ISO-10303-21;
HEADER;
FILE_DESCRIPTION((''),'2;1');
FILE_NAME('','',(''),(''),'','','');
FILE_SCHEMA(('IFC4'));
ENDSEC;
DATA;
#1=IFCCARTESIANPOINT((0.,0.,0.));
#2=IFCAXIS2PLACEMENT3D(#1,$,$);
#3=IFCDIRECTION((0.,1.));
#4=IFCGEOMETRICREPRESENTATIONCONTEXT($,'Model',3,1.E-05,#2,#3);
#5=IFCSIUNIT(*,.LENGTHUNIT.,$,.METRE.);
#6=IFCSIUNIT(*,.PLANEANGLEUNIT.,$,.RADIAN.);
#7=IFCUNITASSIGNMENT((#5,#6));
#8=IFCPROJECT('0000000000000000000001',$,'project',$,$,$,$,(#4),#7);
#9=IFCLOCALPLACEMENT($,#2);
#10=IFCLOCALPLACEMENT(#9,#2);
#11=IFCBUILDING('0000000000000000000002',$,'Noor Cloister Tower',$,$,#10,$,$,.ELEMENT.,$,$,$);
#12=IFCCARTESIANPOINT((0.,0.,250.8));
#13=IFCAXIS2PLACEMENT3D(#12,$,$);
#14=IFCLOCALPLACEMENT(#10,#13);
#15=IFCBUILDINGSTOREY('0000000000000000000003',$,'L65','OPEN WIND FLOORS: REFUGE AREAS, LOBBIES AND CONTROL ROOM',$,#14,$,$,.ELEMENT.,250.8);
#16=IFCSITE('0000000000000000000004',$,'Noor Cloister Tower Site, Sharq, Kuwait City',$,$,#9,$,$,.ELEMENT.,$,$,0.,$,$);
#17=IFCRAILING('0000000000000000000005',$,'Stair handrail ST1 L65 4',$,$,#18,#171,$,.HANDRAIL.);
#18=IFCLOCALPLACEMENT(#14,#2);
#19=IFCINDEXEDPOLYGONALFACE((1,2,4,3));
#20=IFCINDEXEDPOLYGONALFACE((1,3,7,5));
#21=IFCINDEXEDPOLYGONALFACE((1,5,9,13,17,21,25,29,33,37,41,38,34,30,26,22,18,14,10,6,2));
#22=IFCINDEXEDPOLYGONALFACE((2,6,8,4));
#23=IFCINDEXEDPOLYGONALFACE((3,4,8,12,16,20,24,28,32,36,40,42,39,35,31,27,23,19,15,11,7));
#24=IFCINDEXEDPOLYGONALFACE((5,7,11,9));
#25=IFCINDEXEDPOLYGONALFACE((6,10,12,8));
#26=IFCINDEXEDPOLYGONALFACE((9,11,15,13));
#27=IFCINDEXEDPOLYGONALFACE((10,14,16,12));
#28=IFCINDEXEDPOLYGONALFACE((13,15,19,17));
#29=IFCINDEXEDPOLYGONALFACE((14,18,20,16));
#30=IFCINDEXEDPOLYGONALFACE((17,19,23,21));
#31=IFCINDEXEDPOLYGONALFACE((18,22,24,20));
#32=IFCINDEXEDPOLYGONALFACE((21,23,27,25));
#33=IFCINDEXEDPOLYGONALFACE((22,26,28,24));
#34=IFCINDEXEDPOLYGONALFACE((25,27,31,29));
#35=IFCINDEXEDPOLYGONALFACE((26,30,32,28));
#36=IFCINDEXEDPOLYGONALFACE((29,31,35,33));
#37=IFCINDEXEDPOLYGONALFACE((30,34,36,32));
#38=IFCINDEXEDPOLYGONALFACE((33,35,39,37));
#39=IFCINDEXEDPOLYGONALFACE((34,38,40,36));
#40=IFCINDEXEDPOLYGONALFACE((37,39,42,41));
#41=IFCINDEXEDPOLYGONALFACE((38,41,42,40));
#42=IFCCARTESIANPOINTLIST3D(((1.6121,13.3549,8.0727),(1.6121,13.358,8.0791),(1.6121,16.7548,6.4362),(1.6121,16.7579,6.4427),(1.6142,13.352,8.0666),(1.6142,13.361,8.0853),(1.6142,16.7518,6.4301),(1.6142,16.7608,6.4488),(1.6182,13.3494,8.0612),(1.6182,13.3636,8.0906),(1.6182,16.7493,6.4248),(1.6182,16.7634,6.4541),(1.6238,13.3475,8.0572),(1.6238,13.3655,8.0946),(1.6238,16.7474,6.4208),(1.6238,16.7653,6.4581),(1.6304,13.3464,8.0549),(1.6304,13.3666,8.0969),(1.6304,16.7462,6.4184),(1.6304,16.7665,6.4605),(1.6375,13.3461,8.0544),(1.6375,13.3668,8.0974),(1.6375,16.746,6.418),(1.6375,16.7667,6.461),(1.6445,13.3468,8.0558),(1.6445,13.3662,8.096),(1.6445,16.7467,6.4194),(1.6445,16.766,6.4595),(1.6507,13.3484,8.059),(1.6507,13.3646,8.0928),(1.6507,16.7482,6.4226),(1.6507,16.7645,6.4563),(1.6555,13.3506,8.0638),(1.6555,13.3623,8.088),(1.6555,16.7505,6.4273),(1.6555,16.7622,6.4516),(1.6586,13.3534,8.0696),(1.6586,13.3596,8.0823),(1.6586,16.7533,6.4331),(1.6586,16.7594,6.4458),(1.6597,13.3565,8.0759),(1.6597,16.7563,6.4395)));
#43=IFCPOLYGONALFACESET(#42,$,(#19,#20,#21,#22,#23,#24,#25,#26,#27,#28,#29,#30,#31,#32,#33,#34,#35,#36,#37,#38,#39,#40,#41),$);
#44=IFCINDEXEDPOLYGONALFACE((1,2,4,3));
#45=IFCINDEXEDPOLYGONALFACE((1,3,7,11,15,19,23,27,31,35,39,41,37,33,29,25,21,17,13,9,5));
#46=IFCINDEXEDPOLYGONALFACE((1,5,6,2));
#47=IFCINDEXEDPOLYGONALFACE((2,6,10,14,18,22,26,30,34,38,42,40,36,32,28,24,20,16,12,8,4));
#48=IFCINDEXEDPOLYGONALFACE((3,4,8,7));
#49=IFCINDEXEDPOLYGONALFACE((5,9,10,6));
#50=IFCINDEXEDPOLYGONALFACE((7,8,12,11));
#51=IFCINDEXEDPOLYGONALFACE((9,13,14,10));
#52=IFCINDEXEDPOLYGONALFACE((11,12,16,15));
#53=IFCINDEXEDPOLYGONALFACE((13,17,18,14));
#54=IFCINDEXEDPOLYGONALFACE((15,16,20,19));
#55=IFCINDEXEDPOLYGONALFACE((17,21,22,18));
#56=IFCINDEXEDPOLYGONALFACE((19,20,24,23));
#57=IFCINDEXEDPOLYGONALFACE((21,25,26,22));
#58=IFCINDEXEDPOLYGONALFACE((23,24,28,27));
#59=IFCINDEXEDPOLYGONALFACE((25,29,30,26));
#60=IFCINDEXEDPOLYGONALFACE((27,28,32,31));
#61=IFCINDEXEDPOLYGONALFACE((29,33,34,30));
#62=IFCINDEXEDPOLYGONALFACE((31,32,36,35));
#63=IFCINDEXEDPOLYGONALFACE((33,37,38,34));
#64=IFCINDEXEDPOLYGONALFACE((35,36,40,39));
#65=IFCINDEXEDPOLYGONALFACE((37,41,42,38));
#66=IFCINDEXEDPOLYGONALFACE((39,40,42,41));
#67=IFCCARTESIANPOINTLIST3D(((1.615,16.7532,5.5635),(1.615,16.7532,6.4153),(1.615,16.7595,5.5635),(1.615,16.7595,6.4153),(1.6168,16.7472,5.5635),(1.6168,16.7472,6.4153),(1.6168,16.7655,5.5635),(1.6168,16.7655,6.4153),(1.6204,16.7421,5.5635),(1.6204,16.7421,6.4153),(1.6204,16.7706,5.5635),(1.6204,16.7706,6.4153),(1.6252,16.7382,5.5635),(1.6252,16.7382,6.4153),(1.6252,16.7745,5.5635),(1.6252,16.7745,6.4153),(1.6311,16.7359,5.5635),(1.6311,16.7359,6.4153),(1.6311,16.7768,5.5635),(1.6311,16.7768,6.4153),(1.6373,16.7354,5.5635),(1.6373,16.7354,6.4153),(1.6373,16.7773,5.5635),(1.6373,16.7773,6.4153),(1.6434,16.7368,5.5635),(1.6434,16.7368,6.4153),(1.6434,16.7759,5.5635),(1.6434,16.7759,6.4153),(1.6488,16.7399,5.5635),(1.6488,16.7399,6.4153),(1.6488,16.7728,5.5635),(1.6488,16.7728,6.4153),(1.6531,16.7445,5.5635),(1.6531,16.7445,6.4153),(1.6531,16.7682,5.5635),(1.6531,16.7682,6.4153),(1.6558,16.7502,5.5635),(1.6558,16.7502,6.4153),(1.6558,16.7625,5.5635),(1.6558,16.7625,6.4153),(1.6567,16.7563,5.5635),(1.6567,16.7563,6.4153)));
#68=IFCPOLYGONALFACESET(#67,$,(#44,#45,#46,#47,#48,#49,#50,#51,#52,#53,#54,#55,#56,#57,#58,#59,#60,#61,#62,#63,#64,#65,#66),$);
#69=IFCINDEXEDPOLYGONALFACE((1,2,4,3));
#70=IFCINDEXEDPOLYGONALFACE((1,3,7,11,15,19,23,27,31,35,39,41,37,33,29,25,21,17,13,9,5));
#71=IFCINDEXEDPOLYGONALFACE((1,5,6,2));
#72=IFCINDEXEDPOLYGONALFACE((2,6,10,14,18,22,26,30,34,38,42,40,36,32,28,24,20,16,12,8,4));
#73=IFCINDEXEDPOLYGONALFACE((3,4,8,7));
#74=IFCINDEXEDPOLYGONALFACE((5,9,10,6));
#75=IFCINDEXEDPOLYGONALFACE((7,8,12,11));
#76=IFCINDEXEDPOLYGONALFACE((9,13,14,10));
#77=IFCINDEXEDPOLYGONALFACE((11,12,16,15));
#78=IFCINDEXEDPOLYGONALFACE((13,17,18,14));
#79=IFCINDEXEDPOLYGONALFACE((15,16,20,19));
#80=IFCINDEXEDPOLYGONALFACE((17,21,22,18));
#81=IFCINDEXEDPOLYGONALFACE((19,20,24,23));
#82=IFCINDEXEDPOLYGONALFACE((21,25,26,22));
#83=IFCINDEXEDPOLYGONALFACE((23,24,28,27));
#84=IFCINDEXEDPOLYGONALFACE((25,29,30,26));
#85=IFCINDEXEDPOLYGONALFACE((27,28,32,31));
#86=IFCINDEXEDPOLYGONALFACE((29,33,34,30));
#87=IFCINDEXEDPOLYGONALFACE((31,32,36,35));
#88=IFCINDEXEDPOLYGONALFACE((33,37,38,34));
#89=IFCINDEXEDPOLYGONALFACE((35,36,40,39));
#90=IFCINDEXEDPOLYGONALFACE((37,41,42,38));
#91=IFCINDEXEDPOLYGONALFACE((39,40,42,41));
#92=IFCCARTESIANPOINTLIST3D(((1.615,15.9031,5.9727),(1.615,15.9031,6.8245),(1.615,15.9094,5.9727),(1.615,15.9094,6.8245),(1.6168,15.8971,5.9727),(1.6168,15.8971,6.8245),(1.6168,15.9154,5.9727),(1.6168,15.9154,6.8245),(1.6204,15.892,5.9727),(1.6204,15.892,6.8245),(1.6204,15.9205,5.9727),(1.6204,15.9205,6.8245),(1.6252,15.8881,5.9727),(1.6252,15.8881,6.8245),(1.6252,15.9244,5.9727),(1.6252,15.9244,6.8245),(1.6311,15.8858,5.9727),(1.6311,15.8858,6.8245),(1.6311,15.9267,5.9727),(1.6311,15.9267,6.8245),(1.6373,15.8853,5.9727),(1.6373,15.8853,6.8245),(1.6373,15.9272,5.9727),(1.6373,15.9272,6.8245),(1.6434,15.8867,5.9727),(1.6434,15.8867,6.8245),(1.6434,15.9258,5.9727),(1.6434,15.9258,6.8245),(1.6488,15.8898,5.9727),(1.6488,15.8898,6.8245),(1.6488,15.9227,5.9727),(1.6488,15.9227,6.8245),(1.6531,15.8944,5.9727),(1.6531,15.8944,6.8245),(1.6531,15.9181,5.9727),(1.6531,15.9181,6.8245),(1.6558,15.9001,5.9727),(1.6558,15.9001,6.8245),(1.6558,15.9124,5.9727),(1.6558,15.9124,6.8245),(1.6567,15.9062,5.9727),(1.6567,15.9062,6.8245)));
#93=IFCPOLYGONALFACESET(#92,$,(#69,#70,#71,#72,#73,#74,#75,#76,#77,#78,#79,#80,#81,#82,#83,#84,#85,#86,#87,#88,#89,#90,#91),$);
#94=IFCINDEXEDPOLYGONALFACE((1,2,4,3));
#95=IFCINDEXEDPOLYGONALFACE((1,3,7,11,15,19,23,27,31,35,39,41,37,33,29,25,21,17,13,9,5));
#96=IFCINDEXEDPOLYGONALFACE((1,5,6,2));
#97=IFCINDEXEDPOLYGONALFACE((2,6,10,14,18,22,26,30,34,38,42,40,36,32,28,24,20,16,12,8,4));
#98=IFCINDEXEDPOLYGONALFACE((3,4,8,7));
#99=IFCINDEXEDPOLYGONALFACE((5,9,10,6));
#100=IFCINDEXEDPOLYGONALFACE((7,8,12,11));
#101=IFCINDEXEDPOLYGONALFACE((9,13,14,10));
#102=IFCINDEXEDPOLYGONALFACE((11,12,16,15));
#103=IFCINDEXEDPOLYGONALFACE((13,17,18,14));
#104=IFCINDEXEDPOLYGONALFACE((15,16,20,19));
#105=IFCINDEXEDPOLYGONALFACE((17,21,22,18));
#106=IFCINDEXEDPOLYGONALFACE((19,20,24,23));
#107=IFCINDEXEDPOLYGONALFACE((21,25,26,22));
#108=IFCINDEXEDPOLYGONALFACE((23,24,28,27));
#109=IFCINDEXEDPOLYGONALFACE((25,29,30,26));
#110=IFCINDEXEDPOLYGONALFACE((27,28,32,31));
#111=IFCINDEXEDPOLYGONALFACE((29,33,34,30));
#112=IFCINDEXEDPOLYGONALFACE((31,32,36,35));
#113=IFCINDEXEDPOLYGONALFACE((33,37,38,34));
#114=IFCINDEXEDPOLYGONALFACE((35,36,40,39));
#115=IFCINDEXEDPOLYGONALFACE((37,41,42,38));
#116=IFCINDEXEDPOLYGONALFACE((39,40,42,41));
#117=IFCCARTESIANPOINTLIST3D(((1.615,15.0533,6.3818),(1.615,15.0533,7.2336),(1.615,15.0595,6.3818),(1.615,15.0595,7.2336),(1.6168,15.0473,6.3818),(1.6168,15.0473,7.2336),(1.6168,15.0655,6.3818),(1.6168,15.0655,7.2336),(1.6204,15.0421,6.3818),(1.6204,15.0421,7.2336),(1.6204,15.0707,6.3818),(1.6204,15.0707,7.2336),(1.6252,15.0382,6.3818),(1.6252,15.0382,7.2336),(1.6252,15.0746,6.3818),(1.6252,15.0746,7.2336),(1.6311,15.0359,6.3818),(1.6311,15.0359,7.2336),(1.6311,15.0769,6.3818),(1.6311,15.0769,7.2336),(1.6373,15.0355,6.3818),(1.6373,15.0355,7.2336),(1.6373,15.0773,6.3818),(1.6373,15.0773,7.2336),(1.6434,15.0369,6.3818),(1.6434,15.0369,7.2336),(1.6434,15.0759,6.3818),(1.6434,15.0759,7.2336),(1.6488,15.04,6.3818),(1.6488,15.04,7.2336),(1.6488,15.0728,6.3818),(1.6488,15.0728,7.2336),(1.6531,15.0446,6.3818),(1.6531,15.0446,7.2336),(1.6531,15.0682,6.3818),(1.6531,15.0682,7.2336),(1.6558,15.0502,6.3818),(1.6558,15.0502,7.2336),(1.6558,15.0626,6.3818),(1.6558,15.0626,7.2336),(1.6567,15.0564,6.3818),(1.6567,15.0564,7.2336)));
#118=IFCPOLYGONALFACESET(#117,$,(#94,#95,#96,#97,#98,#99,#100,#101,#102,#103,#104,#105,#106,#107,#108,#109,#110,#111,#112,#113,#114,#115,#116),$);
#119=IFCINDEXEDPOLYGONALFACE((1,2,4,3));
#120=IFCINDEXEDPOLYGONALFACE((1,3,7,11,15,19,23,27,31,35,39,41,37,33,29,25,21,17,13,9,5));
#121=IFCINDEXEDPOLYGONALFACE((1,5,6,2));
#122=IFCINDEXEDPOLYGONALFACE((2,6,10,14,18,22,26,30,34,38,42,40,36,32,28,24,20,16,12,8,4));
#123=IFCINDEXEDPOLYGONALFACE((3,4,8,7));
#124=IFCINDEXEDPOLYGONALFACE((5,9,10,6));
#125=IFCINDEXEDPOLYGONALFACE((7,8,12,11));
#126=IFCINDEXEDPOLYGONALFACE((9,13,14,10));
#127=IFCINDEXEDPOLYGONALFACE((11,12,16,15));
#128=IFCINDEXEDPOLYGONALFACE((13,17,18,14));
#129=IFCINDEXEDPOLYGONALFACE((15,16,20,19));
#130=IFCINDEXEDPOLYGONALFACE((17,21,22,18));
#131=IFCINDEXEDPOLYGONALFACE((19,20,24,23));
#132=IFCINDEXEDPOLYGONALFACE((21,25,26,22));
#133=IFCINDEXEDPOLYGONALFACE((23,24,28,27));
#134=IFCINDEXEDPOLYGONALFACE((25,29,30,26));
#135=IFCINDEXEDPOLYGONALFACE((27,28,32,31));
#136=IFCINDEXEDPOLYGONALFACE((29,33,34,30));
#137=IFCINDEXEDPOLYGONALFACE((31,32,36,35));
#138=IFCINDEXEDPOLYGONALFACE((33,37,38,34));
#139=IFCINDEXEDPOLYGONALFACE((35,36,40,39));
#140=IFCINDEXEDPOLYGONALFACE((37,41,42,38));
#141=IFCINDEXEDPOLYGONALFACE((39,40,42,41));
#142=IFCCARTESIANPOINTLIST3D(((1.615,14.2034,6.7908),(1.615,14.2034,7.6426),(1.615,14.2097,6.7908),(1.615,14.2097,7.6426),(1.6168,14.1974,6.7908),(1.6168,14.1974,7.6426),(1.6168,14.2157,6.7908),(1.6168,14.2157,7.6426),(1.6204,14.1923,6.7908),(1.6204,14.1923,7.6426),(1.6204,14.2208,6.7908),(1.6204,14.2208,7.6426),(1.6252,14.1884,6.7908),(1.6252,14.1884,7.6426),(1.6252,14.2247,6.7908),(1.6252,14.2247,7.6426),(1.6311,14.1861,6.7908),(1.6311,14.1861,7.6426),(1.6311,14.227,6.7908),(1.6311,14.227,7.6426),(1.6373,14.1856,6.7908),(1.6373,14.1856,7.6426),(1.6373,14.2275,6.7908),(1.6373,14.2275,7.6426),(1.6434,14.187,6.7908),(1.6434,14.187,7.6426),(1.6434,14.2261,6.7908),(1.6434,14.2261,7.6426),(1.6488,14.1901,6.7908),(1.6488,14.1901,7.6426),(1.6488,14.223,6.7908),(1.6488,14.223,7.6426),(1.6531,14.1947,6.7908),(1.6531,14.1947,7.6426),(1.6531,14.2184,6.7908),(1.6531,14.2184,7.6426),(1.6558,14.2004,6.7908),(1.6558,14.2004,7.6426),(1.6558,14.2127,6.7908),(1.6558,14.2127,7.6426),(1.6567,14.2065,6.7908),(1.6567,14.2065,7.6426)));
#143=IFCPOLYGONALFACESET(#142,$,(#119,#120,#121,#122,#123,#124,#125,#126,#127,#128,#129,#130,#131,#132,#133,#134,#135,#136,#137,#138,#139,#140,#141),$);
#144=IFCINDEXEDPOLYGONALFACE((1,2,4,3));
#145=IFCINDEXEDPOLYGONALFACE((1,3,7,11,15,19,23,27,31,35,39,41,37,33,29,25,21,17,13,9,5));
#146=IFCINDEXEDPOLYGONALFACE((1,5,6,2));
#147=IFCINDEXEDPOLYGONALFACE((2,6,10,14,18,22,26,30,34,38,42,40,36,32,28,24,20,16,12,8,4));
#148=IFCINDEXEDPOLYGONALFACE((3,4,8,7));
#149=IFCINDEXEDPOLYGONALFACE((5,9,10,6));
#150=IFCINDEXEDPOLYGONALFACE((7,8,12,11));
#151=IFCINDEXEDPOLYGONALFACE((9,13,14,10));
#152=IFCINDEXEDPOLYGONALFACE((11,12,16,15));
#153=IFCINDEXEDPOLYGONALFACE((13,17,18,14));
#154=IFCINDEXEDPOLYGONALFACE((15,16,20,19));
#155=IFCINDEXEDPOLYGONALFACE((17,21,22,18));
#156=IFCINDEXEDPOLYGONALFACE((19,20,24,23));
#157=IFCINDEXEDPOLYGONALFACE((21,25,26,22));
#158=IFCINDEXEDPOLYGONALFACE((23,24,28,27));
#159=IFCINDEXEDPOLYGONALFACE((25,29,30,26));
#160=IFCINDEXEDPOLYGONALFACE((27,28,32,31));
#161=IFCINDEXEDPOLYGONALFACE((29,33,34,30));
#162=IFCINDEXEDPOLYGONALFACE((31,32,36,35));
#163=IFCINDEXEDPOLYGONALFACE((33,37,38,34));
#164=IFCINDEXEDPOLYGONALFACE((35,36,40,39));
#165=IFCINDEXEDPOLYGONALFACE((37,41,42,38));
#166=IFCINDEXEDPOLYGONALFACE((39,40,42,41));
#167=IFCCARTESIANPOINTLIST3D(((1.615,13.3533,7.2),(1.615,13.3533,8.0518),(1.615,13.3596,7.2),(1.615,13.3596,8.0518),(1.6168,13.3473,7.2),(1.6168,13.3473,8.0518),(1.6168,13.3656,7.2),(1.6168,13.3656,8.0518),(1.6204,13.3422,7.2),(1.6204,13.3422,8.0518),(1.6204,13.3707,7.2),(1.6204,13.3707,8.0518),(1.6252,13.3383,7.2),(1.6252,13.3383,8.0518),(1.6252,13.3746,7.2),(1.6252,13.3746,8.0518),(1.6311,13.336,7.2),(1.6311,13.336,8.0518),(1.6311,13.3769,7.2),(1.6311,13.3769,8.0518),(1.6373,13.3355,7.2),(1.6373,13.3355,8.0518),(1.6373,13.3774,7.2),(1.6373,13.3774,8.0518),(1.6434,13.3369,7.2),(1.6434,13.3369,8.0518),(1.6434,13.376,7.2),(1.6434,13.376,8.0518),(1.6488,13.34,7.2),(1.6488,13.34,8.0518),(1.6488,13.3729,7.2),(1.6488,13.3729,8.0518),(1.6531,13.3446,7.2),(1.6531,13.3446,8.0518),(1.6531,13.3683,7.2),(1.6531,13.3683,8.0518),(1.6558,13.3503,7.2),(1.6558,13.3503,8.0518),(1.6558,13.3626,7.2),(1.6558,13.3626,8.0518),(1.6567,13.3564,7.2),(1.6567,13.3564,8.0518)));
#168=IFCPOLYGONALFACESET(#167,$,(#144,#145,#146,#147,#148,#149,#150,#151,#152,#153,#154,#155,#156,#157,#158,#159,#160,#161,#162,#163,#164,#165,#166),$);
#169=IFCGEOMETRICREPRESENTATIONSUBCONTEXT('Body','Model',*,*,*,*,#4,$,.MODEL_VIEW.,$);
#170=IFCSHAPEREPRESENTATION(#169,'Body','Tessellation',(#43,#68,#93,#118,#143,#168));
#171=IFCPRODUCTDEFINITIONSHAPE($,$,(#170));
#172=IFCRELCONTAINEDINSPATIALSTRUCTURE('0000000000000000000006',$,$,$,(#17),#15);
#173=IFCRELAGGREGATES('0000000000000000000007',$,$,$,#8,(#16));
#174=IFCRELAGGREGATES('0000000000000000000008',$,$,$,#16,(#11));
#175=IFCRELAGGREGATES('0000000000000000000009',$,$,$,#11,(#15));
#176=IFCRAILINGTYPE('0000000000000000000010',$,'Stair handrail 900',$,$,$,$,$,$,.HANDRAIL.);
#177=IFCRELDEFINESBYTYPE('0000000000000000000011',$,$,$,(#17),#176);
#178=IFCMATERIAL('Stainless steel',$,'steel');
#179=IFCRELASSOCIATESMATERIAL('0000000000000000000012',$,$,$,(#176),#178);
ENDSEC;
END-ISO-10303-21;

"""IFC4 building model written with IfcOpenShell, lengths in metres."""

from ifc_helpers import new_model, si_unit, direction, frame, origin, origin_2d, place, context, subcontext, project, spatial, circle, extrude, material, type_object, element, save


model = new_model("IFC4")

# Units and contexts
model_context = context("Model", 3, precision=1e-05, world=origin(), true_north=direction((0.0, 1.0)))
body_context = subcontext(model_context, "Body", "Model", "MODEL_VIEW")
ifc_project = project(units=[si_unit("LENGTHUNIT", "METRE"), si_unit("PLANEANGLEUNIT", "RADIAN")], contexts=[model_context])

# Site, building, storey
site_placement = place(None, origin())
site = spatial("IfcSite", under=ifc_project, at=site_placement, Name="Noor Cloister Tower Site, Sharq, Kuwait City", CompositionType="ELEMENT", RefElevation=0.0)
building_placement = place(site_placement, origin())
building = spatial("IfcBuilding", under=site, at=building_placement, Name="Noor Cloister Tower", CompositionType="ELEMENT")
storey_placement = place(building_placement, frame((0.0, 0.0, 250.8)))
storey = spatial("IfcBuildingStorey", under=building, at=storey_placement, Name="L65", Description="OPEN WIND FLOORS: REFUGE AREAS, LOBBIES AND CONTROL ROOM", CompositionType="ELEMENT", Elevation=250.8)

# Railing
ifc_material_1 = material(Name="Stainless steel", Category="steel")
railing_type_1 = type_object("IfcRailingType", Name="Stair handrail 900", PredefinedType="HANDRAIL", material=ifc_material_1)
railing_1_placement = place(storey_placement, frame((1.6357, 16.7563, 5.5635)))
element("IfcRailing", 1, at=railing_1_placement, inside=storey, type_object=railing_type_1, Name="Stair handrail ST1 L65 4", PredefinedType="HANDRAIL", context=body_context, shape_type="SweptSolid", body=[
    extrude(circle(Radius=0.0239, at=origin_2d()), frame((0.0, 0.0, 0.876), z_axis=(0.0, -0.901055, 0.433705), x_axis=(1.0, 0.0, 0.0)), (0.0, 0.0, 1.0), 3.7732),
    extrude(circle(Radius=0.021, at=origin_2d()), origin(), (0.0, 0.0, 1.0), 0.8518),
    extrude(circle(Radius=0.021, at=origin_2d()), frame((0.0, -0.8501, 0.4092)), (0.0, 0.0, 1.0), 0.8518),
    extrude(circle(Radius=0.021, at=origin_2d()), frame((0.0, -1.7, 0.8184)), (0.0, 0.0, 1.0), 0.8518),
    extrude(circle(Radius=0.021, at=origin_2d()), frame((0.0, -2.5498, 1.2273)), (0.0, 0.0, 1.0), 0.8518),
    extrude(circle(Radius=0.021, at=origin_2d()), frame((0.0, -3.3999, 1.6365)), (0.0, 0.0, 1.0), 0.8518),
])

save(model, "model.ifc")
